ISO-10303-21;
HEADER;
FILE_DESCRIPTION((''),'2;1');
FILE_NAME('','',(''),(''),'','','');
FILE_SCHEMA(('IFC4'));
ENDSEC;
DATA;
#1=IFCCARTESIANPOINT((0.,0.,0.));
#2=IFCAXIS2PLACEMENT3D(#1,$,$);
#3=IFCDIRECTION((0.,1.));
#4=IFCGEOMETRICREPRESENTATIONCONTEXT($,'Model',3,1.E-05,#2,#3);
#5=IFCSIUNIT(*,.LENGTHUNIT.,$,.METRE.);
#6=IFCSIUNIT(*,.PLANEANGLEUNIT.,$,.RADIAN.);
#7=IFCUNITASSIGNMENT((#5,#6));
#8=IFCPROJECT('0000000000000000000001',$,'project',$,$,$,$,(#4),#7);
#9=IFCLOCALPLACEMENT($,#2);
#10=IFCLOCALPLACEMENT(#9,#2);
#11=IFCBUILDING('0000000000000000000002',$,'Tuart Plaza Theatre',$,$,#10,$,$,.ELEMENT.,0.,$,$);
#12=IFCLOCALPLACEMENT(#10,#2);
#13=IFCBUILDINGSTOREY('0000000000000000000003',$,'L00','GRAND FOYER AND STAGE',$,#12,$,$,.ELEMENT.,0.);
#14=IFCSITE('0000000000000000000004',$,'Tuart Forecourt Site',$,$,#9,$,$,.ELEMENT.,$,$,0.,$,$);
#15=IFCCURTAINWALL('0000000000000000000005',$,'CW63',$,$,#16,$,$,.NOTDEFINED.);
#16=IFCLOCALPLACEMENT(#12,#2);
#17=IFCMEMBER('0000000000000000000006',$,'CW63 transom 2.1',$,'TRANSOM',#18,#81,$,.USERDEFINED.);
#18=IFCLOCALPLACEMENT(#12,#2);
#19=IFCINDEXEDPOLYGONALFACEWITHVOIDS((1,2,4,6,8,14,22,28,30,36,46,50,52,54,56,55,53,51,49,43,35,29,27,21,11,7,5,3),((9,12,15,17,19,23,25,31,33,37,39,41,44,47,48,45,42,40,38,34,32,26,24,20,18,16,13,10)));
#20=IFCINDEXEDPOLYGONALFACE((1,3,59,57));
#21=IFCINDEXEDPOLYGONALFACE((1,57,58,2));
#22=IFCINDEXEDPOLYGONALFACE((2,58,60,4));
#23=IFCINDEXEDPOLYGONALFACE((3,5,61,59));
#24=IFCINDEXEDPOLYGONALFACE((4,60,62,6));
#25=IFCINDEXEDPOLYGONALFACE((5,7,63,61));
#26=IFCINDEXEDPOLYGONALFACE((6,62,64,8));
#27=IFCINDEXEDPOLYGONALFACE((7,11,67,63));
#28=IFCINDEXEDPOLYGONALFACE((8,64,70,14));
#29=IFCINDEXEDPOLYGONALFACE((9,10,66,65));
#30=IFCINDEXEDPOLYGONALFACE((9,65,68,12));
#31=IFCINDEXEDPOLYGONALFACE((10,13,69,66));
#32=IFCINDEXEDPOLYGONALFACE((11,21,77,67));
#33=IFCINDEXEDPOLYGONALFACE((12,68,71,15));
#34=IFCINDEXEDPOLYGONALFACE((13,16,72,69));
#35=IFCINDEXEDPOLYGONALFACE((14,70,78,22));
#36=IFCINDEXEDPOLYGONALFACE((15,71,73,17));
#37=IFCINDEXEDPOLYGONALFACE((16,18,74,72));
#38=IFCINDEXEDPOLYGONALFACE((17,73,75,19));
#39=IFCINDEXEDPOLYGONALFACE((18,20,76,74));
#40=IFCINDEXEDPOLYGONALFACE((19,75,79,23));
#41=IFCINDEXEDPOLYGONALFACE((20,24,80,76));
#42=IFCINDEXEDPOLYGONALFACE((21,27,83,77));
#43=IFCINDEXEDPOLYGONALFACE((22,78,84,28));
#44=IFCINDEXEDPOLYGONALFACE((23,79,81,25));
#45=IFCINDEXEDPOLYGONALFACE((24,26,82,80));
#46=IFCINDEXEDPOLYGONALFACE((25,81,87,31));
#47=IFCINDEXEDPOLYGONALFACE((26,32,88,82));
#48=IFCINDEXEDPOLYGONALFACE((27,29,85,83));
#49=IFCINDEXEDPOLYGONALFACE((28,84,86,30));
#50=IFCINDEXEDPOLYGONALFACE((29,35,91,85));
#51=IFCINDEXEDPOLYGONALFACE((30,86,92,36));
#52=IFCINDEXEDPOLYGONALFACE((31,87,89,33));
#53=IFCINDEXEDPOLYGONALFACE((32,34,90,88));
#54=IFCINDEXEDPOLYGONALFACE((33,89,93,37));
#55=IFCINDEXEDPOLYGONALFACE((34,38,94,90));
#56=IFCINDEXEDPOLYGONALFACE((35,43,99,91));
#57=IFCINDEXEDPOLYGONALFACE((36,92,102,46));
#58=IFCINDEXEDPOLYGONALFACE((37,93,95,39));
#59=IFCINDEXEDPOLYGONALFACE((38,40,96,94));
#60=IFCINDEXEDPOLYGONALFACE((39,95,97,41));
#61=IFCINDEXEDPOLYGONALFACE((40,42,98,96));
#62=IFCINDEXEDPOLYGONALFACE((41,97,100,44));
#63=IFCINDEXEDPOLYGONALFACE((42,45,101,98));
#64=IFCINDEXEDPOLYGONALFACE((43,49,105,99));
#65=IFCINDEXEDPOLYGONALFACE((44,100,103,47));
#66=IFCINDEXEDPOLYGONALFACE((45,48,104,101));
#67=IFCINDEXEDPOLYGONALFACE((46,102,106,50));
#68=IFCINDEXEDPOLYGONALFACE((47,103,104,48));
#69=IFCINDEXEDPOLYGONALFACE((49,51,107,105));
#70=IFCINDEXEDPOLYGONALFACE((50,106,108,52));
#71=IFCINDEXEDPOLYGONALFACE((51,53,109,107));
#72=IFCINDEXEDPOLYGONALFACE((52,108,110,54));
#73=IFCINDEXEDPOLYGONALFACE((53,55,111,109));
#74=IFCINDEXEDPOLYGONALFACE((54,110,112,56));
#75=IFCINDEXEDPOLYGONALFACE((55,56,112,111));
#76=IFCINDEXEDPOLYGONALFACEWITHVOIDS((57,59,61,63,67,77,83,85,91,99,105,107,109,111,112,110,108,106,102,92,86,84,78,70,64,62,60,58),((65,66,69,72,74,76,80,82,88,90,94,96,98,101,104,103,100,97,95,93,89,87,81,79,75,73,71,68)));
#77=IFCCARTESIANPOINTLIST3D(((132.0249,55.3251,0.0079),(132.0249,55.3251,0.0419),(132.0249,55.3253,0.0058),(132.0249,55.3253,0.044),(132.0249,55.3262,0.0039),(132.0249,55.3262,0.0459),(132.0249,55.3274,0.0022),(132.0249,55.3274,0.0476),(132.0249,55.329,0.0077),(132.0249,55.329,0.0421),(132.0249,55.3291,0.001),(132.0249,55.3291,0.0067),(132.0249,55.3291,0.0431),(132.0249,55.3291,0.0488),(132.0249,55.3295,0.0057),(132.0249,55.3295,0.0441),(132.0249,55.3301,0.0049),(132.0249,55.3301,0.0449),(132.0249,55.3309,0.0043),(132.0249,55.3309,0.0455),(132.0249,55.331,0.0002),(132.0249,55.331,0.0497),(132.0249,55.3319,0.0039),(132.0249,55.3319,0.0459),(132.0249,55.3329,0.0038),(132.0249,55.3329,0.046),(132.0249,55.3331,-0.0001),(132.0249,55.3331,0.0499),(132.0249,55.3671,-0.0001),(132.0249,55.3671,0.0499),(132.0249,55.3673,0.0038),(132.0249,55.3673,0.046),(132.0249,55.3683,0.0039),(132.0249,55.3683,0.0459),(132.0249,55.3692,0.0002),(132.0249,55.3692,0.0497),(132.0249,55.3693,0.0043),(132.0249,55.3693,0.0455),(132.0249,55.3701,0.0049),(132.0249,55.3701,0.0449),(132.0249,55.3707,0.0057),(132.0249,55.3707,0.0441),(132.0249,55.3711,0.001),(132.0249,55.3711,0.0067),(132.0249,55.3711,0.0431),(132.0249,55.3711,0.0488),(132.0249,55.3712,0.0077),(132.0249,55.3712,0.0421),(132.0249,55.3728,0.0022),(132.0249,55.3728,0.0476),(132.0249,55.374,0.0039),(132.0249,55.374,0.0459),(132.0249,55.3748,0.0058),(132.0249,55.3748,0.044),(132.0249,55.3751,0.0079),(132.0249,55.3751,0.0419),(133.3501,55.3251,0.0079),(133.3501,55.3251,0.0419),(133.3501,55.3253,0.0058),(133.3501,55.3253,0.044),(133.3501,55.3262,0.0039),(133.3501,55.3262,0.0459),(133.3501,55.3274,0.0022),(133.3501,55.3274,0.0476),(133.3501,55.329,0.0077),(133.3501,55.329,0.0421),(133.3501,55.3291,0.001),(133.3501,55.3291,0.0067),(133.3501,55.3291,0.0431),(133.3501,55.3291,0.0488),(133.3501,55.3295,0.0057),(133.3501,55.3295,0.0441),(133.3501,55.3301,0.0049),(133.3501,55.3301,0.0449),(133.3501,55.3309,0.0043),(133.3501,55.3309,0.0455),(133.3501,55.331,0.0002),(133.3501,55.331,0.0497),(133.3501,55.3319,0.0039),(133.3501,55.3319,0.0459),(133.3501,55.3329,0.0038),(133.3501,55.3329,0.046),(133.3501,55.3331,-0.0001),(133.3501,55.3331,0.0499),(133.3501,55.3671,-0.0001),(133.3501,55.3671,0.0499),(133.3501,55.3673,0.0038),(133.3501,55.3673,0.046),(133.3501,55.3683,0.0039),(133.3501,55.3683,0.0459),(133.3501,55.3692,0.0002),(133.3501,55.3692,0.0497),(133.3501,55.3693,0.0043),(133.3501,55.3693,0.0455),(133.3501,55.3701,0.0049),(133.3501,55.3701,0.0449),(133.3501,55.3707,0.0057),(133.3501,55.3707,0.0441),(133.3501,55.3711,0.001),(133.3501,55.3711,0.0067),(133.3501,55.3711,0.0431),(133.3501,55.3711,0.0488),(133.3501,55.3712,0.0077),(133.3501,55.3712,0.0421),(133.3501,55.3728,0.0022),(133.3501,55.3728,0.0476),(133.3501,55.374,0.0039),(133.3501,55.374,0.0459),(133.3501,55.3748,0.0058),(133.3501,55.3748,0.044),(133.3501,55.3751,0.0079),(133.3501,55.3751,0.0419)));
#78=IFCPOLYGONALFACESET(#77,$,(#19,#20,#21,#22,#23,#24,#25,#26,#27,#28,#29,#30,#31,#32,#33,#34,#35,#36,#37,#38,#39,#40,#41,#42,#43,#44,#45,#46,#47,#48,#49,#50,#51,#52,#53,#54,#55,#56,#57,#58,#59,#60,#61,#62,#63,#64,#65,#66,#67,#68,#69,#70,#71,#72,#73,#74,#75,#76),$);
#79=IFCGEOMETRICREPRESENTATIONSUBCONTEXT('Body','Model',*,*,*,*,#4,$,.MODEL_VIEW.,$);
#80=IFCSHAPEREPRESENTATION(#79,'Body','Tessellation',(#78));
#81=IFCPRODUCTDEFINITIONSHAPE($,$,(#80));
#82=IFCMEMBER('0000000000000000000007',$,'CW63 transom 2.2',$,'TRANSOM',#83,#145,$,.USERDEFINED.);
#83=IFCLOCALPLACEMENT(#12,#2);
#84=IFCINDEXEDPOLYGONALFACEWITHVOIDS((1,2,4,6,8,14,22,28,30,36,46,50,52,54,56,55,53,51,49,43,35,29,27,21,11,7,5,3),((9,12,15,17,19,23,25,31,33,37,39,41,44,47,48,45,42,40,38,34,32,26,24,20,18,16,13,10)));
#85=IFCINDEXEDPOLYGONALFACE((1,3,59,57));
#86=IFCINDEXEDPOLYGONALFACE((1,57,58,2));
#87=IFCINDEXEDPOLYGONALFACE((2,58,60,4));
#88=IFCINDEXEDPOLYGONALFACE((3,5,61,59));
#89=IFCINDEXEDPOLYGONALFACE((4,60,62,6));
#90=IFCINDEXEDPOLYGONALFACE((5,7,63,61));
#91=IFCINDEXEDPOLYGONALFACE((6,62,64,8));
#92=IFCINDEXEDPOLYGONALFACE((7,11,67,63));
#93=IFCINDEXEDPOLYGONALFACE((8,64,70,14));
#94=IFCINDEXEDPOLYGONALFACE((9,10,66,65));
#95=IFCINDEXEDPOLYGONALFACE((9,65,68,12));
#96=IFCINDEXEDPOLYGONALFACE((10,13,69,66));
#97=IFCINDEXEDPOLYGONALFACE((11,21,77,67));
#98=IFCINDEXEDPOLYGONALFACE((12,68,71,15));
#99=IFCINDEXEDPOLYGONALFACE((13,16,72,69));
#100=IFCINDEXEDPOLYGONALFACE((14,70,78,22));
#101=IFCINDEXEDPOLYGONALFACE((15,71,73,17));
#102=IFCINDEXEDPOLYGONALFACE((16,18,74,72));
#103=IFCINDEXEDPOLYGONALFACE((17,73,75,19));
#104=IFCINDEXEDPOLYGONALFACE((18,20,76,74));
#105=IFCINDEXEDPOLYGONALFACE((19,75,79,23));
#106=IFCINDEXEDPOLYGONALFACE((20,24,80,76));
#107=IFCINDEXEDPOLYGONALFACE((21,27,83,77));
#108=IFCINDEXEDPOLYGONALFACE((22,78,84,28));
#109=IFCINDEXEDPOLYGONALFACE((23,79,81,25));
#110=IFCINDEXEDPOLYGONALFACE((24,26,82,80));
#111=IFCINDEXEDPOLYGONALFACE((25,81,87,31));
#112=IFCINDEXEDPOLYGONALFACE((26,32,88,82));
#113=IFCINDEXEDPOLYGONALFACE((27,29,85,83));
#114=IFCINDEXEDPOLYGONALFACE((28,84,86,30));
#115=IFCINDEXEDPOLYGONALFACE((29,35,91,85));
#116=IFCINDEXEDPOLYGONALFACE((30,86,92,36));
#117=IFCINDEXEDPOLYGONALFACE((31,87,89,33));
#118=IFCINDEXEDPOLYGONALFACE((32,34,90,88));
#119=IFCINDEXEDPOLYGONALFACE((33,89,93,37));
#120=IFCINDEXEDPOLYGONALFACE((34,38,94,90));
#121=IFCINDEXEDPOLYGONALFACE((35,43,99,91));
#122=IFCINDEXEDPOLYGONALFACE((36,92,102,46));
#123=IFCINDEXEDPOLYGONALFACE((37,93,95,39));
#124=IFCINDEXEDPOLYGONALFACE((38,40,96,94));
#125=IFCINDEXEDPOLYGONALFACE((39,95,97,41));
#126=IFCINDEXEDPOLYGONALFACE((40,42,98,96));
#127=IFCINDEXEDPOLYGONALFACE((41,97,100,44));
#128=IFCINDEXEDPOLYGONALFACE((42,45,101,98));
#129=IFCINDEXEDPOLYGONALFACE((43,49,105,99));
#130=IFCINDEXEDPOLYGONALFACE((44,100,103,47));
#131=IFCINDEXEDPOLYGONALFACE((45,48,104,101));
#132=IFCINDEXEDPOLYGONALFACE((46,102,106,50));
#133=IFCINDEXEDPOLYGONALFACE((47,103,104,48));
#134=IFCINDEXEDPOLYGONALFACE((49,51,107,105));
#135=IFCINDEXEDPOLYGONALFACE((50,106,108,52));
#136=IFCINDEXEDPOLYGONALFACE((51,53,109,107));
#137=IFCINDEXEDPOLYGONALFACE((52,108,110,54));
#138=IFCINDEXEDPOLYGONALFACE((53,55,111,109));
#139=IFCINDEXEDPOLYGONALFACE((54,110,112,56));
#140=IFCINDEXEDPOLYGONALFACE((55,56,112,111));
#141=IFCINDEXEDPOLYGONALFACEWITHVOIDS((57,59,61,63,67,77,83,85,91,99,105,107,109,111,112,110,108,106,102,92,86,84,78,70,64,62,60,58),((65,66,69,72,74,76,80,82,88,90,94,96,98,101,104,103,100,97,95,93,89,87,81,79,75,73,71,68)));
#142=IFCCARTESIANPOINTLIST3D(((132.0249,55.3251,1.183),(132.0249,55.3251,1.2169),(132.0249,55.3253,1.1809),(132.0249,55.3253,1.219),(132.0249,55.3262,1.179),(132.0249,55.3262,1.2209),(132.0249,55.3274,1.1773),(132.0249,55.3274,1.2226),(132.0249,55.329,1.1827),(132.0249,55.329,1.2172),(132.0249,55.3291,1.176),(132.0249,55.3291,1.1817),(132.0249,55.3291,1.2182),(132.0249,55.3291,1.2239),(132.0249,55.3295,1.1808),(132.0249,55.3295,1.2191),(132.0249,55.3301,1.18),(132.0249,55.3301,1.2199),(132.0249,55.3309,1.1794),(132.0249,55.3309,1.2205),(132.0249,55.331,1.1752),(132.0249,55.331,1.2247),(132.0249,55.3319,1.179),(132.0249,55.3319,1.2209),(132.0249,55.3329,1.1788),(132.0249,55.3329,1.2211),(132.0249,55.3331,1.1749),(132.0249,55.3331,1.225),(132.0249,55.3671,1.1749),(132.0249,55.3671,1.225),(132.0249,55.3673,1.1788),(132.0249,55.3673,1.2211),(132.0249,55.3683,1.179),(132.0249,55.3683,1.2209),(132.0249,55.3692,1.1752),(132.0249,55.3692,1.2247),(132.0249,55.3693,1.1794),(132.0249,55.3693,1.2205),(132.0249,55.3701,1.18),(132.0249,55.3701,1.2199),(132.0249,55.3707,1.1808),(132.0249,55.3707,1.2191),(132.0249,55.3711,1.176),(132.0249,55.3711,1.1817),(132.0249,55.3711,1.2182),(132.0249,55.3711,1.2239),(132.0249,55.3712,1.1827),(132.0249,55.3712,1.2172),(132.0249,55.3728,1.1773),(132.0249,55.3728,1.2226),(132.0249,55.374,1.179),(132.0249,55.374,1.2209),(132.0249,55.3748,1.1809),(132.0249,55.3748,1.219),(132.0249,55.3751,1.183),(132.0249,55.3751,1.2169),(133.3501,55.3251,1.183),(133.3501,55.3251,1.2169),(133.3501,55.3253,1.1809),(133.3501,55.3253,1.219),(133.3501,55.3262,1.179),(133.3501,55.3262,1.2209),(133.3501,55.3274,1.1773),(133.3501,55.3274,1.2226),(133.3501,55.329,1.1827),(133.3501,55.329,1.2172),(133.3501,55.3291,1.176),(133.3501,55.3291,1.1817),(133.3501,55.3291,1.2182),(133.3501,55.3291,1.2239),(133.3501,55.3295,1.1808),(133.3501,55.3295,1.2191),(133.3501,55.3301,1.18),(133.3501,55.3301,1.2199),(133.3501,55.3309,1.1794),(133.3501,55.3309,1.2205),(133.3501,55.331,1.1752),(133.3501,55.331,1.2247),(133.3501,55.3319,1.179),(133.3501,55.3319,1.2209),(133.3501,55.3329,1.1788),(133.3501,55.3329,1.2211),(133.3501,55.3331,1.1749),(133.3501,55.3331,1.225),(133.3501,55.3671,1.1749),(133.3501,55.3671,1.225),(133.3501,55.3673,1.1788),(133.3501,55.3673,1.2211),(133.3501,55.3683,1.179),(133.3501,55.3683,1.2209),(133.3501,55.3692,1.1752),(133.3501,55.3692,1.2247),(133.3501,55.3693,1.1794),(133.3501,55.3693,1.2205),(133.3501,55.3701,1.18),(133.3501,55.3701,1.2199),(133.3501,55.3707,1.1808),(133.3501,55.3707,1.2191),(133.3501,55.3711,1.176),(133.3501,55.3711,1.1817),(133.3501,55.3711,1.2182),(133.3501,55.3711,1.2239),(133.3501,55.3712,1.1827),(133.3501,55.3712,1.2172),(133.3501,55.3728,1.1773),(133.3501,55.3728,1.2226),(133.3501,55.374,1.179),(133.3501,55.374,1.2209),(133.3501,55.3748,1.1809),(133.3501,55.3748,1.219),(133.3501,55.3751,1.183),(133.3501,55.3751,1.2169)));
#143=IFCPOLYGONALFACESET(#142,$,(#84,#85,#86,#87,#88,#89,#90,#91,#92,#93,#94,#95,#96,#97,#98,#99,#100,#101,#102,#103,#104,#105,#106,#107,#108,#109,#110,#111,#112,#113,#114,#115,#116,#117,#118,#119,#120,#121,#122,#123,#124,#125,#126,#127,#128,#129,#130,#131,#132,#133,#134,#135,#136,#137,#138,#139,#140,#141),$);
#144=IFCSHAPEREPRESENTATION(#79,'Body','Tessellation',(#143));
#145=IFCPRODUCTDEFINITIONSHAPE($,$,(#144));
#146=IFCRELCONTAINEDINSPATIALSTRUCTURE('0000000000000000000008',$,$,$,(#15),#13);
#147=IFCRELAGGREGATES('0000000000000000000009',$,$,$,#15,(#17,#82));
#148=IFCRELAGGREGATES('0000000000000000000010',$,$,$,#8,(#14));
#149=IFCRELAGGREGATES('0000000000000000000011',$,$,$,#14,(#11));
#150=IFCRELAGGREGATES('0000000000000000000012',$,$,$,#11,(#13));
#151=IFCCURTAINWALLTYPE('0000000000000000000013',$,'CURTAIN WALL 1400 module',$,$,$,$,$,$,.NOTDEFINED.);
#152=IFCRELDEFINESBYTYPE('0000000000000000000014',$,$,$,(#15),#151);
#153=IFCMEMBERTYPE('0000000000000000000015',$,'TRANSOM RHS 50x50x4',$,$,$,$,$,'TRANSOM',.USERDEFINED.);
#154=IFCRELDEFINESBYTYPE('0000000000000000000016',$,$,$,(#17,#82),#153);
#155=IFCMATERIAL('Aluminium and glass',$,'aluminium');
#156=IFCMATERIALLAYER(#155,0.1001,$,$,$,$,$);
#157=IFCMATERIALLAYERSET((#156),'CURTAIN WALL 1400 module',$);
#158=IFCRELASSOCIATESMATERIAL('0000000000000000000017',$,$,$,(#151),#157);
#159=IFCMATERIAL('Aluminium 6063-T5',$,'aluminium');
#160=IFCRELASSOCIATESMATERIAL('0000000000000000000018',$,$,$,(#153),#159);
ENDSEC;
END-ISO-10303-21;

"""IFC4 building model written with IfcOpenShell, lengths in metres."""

from ifc_helpers import new_model, si_unit, direction, frame, origin, origin_2d, place, context, subcontext, project, spatial, hollow_rectangle, extrude, material, layer, layer_set, material_profile, profile_set, type_object, element, aggregate, save


model = new_model("IFC4")

# Units and contexts
model_context = context("Model", 3, precision=1e-05, world=origin(), true_north=direction((0.0, 1.0)))
body_context = subcontext(model_context, "Body", "Model", "MODEL_VIEW")
ifc_project = project(units=[si_unit("LENGTHUNIT", "METRE"), si_unit("PLANEANGLEUNIT", "RADIAN")], contexts=[model_context])

# Site, building, storey
site_placement = place(None, origin())
site = spatial("IfcSite", under=ifc_project, at=site_placement, Name="Tuart Forecourt Site", CompositionType="ELEMENT", RefElevation=0.0)
building_placement = place(site_placement, origin())
building = spatial("IfcBuilding", under=site, at=building_placement, Name="Tuart Plaza Theatre", CompositionType="ELEMENT", ElevationOfRefHeight=0.0)
storey_placement = place(building_placement, origin())
storey = spatial("IfcBuildingStorey", under=building, at=storey_placement, Name="L00", Description="GRAND FOYER AND STAGE", CompositionType="ELEMENT", Elevation=0.0)

# Curtain wall, members
ifc_material_1 = material(Name="Aluminium and glass", Category="aluminium")
ifc_layer_1 = layer(ifc_material_1, 0.1001)
ifc_layer_set_1 = layer_set([ifc_layer_1], Name="CURTAIN WALL 1400 module")
curtain_wall_type_1 = type_object("IfcCurtainWallType", Name="CURTAIN WALL 1400 module", PredefinedType="NOTDEFINED", material=ifc_layer_set_1)
curtain_wall_1_placement = place(storey_placement, origin())
curtain_wall_1 = element("IfcCurtainWall", 1, at=curtain_wall_1_placement, inside=storey, type_object=curtain_wall_type_1, Name="CW63", PredefinedType="NOTDEFINED")
ifc_material_2 = material(Name="Aluminium 6063-T5", Category="aluminium")
ifc_material_profile_1 = material_profile(ifc_material_2, hollow_rectangle(XDim=0.05, YDim=0.05, WallThickness=0.0039, InnerFilletRadius=0.0039, OuterFilletRadius=0.0081, at=origin_2d()), Name="RHS 50x50x4")
ifc_profile_set_1 = profile_set([ifc_material_profile_1], Name="Aluminium 6063-T5")
member_type_1 = type_object("IfcMemberType", Name="TRANSOM RHS 50x50x4", ElementType="TRANSOM", PredefinedType="USERDEFINED", material=ifc_profile_set_1)
member_1_placement = place(storey_placement, frame((132.0249, 55.3501, 0.0249), z_axis=(1.0, 0.0, 0.0), x_axis=(0.0, 1.0, 0.0)))
member_1 = element("IfcMember", 2, at=member_1_placement, type_object=member_type_1, Name="CW63 transom 2.1", ObjectType="TRANSOM", PredefinedType="USERDEFINED", context=body_context, shape_type="SweptSolid", body=[
    extrude(hollow_rectangle(XDim=0.05, YDim=0.05, WallThickness=0.0039, InnerFilletRadius=0.0039, OuterFilletRadius=0.0081, at=origin_2d()), origin(), (0.0, 0.0, 1.0), 1.3252),
])
member_2_placement = place(storey_placement, frame((132.0249, 55.3501, 1.2), z_axis=(1.0, 0.0, 0.0), x_axis=(0.0, 1.0, 0.0)))
member_2 = element("IfcMember", 3, at=member_2_placement, type_object=member_type_1, Name="CW63 transom 2.2", ObjectType="TRANSOM", PredefinedType="USERDEFINED", context=body_context, shape_type="SweptSolid", body=[
    extrude(hollow_rectangle(XDim=0.05, YDim=0.05, WallThickness=0.0039, InnerFilletRadius=0.0039, OuterFilletRadius=0.0081, at=origin_2d()), origin(), (0.0, 0.0, 1.0), 1.3252),
])

aggregate(curtain_wall_1, [member_1, member_2])

save(model, "model.ifc")
